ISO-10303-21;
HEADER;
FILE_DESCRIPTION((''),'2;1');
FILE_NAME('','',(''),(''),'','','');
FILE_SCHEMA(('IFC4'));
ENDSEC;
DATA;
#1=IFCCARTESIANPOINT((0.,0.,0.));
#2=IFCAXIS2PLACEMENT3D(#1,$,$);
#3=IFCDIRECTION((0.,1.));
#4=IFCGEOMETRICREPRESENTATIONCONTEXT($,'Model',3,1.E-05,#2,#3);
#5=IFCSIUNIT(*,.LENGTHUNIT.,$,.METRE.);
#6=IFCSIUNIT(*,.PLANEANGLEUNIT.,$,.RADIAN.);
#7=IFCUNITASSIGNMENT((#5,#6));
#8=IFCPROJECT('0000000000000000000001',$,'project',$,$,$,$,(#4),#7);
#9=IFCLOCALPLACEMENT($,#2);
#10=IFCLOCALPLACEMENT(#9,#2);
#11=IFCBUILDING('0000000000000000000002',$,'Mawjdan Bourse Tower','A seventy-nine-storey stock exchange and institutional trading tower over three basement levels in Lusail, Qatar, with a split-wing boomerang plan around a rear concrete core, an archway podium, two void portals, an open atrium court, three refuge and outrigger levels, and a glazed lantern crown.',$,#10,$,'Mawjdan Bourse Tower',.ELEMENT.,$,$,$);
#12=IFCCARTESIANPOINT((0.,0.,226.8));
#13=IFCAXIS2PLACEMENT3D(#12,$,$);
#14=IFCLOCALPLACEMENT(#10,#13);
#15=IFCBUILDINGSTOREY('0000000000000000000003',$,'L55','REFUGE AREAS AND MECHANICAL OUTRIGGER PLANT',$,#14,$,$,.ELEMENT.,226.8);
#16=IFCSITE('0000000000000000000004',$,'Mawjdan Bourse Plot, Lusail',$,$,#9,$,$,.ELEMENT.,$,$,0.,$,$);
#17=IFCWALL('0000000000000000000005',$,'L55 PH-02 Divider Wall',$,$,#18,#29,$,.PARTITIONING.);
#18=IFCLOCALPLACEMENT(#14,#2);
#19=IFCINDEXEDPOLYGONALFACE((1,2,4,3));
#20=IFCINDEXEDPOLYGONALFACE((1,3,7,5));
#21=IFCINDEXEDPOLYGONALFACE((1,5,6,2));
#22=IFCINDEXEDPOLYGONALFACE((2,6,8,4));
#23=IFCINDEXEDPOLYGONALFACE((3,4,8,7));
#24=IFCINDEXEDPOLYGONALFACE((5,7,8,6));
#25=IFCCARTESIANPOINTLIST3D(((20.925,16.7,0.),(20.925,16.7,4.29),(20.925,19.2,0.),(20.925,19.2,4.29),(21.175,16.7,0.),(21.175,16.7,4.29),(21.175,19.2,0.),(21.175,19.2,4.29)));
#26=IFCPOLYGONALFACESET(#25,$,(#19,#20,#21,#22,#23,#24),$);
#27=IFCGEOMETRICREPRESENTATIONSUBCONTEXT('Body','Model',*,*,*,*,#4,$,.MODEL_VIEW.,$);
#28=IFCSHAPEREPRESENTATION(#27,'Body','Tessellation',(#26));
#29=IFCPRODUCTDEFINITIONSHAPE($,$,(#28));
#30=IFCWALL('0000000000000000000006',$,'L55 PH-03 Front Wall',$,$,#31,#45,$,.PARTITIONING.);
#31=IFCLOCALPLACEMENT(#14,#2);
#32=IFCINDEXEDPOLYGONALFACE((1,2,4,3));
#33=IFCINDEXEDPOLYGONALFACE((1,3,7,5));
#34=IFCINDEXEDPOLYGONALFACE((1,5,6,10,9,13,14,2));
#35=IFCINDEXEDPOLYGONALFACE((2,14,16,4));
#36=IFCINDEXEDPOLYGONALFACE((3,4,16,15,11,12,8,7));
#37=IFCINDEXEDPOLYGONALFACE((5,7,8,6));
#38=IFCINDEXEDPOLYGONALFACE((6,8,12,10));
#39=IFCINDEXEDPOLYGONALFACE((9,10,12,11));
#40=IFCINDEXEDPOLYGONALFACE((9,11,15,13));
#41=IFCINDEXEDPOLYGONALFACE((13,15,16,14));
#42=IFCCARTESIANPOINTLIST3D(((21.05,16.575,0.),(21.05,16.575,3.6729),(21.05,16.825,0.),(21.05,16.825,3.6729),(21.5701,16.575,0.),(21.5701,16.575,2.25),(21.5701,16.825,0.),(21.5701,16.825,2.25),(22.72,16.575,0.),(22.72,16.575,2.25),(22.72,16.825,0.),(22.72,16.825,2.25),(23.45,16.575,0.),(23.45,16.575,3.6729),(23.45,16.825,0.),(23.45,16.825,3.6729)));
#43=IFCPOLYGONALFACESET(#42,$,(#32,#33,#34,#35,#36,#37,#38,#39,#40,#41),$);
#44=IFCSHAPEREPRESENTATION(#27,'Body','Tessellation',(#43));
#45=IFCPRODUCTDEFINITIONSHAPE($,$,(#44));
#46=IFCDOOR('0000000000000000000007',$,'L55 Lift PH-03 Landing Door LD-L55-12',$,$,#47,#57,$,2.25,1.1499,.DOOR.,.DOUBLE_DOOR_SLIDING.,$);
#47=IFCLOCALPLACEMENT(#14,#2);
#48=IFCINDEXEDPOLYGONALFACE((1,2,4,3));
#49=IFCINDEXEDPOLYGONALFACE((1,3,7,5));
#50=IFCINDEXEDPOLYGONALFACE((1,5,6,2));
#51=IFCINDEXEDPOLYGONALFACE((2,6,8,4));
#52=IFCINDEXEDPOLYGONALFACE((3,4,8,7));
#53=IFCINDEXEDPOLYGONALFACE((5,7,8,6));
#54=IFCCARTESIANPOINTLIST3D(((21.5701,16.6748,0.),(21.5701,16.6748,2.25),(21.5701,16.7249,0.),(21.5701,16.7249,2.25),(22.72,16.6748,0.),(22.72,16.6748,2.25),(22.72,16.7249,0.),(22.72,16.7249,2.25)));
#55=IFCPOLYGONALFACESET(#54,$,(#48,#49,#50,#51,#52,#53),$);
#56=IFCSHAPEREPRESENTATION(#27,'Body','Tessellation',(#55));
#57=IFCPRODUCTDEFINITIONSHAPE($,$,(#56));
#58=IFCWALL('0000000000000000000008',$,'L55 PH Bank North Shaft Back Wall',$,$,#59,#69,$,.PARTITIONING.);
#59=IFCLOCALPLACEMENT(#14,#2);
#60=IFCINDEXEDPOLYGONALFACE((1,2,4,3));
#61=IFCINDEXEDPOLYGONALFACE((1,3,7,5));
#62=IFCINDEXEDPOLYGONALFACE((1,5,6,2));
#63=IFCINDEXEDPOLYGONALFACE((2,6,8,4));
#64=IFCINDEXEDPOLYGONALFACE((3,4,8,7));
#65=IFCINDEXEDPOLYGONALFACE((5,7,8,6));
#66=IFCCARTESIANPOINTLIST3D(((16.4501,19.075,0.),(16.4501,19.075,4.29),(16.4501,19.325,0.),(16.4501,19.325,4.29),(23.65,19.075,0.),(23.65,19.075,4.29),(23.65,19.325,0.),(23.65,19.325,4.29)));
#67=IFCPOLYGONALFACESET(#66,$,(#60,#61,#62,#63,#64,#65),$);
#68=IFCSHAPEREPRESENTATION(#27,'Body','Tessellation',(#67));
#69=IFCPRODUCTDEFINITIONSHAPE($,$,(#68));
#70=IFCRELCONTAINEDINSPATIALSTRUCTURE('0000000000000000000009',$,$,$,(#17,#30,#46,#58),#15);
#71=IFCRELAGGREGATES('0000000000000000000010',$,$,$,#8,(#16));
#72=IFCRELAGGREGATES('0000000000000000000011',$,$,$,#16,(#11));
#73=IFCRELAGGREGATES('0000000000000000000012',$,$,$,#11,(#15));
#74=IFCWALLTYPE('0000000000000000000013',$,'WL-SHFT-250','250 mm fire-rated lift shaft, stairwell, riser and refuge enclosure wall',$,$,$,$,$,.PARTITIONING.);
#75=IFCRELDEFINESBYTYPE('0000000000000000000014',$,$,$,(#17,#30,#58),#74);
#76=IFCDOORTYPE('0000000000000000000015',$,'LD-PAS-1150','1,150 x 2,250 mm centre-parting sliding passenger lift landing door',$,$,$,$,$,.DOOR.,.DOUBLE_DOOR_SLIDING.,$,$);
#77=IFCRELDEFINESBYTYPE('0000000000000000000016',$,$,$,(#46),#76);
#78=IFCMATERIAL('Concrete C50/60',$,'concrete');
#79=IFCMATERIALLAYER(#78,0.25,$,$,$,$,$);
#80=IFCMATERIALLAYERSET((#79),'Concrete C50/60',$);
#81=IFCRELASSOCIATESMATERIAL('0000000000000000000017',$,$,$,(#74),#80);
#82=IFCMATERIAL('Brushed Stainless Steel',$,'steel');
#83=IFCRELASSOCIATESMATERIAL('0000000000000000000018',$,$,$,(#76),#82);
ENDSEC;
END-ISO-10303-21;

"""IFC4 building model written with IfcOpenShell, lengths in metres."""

from ifc_helpers import new_model, si_unit, direction, frame, frame_2d, origin, place, context, subcontext, project, spatial, rectangle, extrude, material, layer, layer_set, type_object, element, fill, save


model = new_model("IFC4")

# Units and contexts
model_context = context("Model", 3, precision=1e-05, world=origin(), true_north=direction((0.0, 1.0)))
body_context = subcontext(model_context, "Body", "Model", "MODEL_VIEW")
ifc_project = project(units=[si_unit("LENGTHUNIT", "METRE"), si_unit("PLANEANGLEUNIT", "RADIAN")], contexts=[model_context])

# Site, building, storey
site_placement = place(None, origin())
site = spatial("IfcSite", under=ifc_project, at=site_placement, Name="Mawjdan Bourse Plot, Lusail", CompositionType="ELEMENT", RefElevation=0.0)
building_placement = place(site_placement, origin())
building = spatial("IfcBuilding", under=site, at=building_placement, Name="Mawjdan Bourse Tower", Description="A seventy-nine-storey stock exchange and institutional trading tower over three basement levels in Lusail, Qatar, with a split-wing boomerang plan around a rear concrete core, an archway podium, two void portals, an open atrium court, three refuge and outrigger levels, and a glazed lantern crown.", LongName="Mawjdan Bourse Tower", CompositionType="ELEMENT")
storey_placement = place(building_placement, frame((0.0, 0.0, 226.8)))
storey = spatial("IfcBuildingStorey", under=building, at=storey_placement, Name="L55", Description="REFUGE AREAS AND MECHANICAL OUTRIGGER PLANT", CompositionType="ELEMENT", Elevation=226.8)

# Shared definitions
ifc_material_1 = material(Name="Concrete C50/60", Category="concrete")
ifc_layer_1 = layer(ifc_material_1, 0.25)
ifc_layer_set_1 = layer_set([ifc_layer_1], Name="Concrete C50/60")
wall_type_1 = type_object("IfcWallType", Name="WL-SHFT-250", Description="250 mm fire-rated lift shaft, stairwell, riser and refuge enclosure wall", PredefinedType="PARTITIONING", material=ifc_layer_set_1)

# Shared definitions
ifc_material_2 = material(Name="Brushed Stainless Steel", Category="steel")
door_type_1 = type_object("IfcDoorType", Name="LD-PAS-1150", Description="1,150 x 2,250 mm centre-parting sliding passenger lift landing door", OperationType="DOUBLE_DOOR_SLIDING", PredefinedType="DOOR", material=ifc_material_2)

# Wall
wall_1_placement = place(storey_placement, frame((21.05, 16.7, 0.0), z_axis=(0.0, 0.0, 1.0), x_axis=(0.0, 1.0, 0.0)))
element("IfcWall", 1, at=wall_1_placement, inside=storey, type_object=wall_type_1, Name="L55 PH-02 Divider Wall", PredefinedType="PARTITIONING", context=body_context, shape_type="SweptSolid", body=[
    extrude(rectangle(XDim=2.5, YDim=0.25, at=frame_2d((1.25, 0.0))), origin(), (0.0, 0.0, 1.0), 4.29),
])

# Wall, opening, door
wall_2_placement = place(storey_placement, frame((21.05, 16.7, 0.0), z_axis=(0.0, 0.0, 1.0), x_axis=(1.0, 0.0, 0.0)))
wall_2 = element("IfcWall", 2, at=wall_2_placement, inside=storey, type_object=wall_type_1, Name="L55 PH-03 Front Wall", PredefinedType="PARTITIONING", context=body_context, shape_type="SweptSolid", body=[
    extrude(rectangle(XDim=2.3999, YDim=0.25, at=frame_2d((1.2, 0.0))), origin(), (0.0, 0.0, 1.0), 3.6729),
])
opening_1_placement = place(wall_2_placement, frame((0.52, 0.0, 0.0)))
opening_1 = element("IfcOpeningElement", 3, at=opening_1_placement, cuts=wall_2, PredefinedType="OPENING", context=body_context, shape_type="SweptSolid", body=[
    extrude(rectangle(XDim=1.1499, YDim=2.25, at=frame_2d((0.575, 1.125))), frame((0.0, 0.135, 0.0), z_axis=(0.0, -1.0, 0.0), x_axis=(1.0, 0.0, 0.0)), (0.0, 0.0, 1.0), 0.27),
])
door_1_placement = place(opening_1_placement, origin())
door_1 = element("IfcDoor", 4, at=door_1_placement, inside=storey, type_object=door_type_1, Name="L55 Lift PH-03 Landing Door LD-L55-12", OperationType="DOUBLE_DOOR_SLIDING", OverallHeight=2.25, OverallWidth=1.1499, PredefinedType="DOOR", context=body_context, shape_type="SweptSolid", body=[
    extrude(rectangle(XDim=1.1499, YDim=2.25, at=frame_2d((0.575, 1.125))), frame((0.0, 0.0249, 0.0), z_axis=(0.0, -1.0, 0.0), x_axis=(1.0, 0.0, 0.0)), (0.0, 0.0, 1.0), 0.05),
])
fill(opening_1, door_1)

# Wall
wall_3_placement = place(storey_placement, frame((16.45, 19.2, 0.0), z_axis=(0.0, 0.0, 1.0), x_axis=(1.0, 0.0, 0.0)))
element("IfcWall", 5, at=wall_3_placement, inside=storey, type_object=wall_type_1, Name="L55 PH Bank North Shaft Back Wall", PredefinedType="PARTITIONING", context=body_context, shape_type="SweptSolid", body=[
    extrude(rectangle(XDim=7.2, YDim=0.25, at=frame_2d((3.6001, 0.0))), origin(), (0.0, 0.0, 1.0), 4.29),
])

save(model, "model.ifc")
